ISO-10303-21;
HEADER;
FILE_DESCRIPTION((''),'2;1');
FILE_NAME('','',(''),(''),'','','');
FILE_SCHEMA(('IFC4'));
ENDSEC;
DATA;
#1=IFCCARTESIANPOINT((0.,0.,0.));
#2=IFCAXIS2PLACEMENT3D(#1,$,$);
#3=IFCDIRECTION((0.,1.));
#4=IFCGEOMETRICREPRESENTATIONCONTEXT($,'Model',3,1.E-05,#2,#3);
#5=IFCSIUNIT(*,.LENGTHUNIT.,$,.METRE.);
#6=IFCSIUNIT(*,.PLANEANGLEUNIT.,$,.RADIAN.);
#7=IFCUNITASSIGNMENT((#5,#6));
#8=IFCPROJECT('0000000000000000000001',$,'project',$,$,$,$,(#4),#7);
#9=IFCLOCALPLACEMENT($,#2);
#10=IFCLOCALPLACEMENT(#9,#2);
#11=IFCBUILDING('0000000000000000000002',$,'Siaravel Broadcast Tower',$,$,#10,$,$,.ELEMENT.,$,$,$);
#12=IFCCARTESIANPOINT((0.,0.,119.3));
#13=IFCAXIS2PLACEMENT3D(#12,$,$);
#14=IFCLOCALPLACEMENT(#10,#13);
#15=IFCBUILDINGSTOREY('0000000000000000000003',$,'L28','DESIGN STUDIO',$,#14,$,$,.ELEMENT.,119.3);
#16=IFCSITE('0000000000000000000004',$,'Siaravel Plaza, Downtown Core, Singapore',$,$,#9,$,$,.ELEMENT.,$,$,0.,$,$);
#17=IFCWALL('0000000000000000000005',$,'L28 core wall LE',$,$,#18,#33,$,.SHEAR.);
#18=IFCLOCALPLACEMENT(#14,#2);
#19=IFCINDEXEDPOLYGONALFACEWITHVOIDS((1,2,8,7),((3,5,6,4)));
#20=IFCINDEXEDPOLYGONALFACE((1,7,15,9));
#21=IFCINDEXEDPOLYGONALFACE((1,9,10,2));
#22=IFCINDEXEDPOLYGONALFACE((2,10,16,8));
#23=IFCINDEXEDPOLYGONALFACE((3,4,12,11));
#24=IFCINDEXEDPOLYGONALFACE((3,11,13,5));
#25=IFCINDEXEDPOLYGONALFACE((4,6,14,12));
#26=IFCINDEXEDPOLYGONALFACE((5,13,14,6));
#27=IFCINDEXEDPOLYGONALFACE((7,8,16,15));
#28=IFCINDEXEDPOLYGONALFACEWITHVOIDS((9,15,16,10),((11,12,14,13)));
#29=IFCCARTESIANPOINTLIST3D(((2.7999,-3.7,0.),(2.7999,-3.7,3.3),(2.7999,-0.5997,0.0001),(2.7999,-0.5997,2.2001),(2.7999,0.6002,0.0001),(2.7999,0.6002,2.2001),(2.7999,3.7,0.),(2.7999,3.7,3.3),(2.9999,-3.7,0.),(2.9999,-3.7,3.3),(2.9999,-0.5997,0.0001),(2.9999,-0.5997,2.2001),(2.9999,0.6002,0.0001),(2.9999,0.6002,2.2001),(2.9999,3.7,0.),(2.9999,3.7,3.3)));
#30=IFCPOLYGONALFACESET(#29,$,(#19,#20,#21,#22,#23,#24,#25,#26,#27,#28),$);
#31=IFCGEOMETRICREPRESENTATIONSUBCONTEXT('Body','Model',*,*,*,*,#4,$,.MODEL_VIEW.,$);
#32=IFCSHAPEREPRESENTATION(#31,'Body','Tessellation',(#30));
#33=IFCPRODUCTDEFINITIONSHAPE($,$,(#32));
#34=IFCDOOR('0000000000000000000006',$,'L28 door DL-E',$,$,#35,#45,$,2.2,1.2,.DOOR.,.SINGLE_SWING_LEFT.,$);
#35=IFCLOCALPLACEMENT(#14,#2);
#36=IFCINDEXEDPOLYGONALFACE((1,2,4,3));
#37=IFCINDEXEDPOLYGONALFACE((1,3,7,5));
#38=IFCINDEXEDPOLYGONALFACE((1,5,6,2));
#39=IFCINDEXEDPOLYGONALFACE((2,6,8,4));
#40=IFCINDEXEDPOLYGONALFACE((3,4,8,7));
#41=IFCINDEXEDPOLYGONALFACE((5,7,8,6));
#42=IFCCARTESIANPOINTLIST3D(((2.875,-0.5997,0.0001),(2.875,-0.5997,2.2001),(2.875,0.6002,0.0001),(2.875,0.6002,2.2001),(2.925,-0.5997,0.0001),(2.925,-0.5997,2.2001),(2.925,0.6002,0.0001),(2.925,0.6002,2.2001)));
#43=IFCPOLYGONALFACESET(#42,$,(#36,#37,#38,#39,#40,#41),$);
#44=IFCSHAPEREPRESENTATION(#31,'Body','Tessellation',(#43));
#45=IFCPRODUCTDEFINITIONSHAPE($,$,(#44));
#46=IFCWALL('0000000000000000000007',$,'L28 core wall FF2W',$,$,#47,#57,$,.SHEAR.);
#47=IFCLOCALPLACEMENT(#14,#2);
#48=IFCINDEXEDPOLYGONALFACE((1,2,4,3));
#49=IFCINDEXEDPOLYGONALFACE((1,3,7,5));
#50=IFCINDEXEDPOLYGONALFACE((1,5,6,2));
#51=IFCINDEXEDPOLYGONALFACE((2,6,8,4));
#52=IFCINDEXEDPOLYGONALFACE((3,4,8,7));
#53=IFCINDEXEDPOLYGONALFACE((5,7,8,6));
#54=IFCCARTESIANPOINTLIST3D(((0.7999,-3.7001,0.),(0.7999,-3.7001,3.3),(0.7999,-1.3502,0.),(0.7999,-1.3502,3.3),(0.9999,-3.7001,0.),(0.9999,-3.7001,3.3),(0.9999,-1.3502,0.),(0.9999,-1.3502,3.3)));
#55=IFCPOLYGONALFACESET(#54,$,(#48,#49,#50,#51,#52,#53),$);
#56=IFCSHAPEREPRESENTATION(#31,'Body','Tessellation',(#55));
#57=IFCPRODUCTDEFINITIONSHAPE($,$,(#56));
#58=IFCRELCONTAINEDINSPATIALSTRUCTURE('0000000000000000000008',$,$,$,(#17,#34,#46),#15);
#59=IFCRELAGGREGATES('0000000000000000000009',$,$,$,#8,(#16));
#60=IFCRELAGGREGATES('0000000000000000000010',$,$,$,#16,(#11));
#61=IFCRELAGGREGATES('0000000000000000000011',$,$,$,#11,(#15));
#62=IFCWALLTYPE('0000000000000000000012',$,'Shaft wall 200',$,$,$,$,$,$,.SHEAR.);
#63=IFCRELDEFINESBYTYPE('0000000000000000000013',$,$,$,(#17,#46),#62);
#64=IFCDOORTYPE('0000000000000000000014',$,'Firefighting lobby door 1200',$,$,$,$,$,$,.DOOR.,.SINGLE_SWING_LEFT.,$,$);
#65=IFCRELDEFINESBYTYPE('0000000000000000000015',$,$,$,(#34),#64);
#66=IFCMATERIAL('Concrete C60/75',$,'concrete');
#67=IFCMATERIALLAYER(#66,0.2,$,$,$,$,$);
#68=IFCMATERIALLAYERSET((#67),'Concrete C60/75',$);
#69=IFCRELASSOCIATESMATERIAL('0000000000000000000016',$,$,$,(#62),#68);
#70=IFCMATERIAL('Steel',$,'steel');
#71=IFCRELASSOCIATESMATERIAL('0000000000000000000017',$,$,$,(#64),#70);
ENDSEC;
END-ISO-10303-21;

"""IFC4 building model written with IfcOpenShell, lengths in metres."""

from ifc_helpers import new_model, si_unit, direction, frame, frame_2d, origin, place, context, subcontext, project, spatial, rectangle, extrude, material, layer, layer_set, type_object, element, fill, save


model = new_model("IFC4")

# Units and contexts
model_context = context("Model", 3, precision=1e-05, world=origin(), true_north=direction((0.0, 1.0)))
body_context = subcontext(model_context, "Body", "Model", "MODEL_VIEW")
ifc_project = project(units=[si_unit("LENGTHUNIT", "METRE"), si_unit("PLANEANGLEUNIT", "RADIAN")], contexts=[model_context])

# Site, building, storey
site_placement = place(None, origin())
site = spatial("IfcSite", under=ifc_project, at=site_placement, Name="Siaravel Plaza, Downtown Core, Singapore", CompositionType="ELEMENT", RefElevation=0.0)
building_placement = place(site_placement, origin())
building = spatial("IfcBuilding", under=site, at=building_placement, Name="Siaravel Broadcast Tower", CompositionType="ELEMENT")
storey_placement = place(building_placement, frame((0.0, 0.0, 119.3)))
storey = spatial("IfcBuildingStorey", under=building, at=storey_placement, Name="L28", Description="DESIGN STUDIO", CompositionType="ELEMENT", Elevation=119.3)

# Shared definitions
ifc_material_1 = material(Name="Concrete C60/75", Category="concrete")
ifc_layer_1 = layer(ifc_material_1, 0.2)
ifc_layer_set_1 = layer_set([ifc_layer_1], Name="Concrete C60/75")
wall_type_1 = type_object("IfcWallType", Name="Shaft wall 200", PredefinedType="SHEAR", material=ifc_layer_set_1)

# Wall, opening, door
wall_1_placement = place(storey_placement, frame((2.8999, -3.7, 0.0), z_axis=(0.0, 0.0, 1.0), x_axis=(0.0, 1.0, 0.0)))
wall_1 = element("IfcWall", 1, at=wall_1_placement, inside=storey, type_object=wall_type_1, Name="L28 core wall LE", PredefinedType="SHEAR", context=body_context, shape_type="SweptSolid", body=[
    extrude(rectangle(XDim=7.3999, YDim=0.2, at=frame_2d((3.7, 0.0))), origin(), (0.0, 0.0, 1.0), 3.3),
])
opening_1_placement = place(wall_1_placement, frame((3.1001, 0.0, 0.0)))
opening_1 = element("IfcOpeningElement", 2, at=opening_1_placement, cuts=wall_1, PredefinedType="OPENING", context=body_context, shape_type="SweptSolid", body=[
    extrude(rectangle(XDim=1.2, YDim=2.2, at=frame_2d((0.6001, 1.1001))), frame((0.0, 0.1099, 0.0), z_axis=(0.0, -1.0, 0.0), x_axis=(1.0, 0.0, 0.0)), (0.0, 0.0, 1.0), 0.22),
])
ifc_material_2 = material(Name="Steel", Category="steel")
door_type_1 = type_object("IfcDoorType", Name="Firefighting lobby door 1200", OperationType="SINGLE_SWING_LEFT", PredefinedType="DOOR", material=ifc_material_2)
door_1_placement = place(opening_1_placement, origin())
door_1 = element("IfcDoor", 3, at=door_1_placement, inside=storey, type_object=door_type_1, Name="L28 door DL-E", OperationType="SINGLE_SWING_LEFT", OverallHeight=2.2, OverallWidth=1.2, PredefinedType="DOOR", context=body_context, shape_type="SweptSolid", body=[
    extrude(rectangle(XDim=1.2, YDim=2.2, at=frame_2d((0.6001, 1.1001))), frame((0.0, 0.0249, 0.0), z_axis=(0.0, -1.0, 0.0), x_axis=(1.0, 0.0, 0.0)), (0.0, 0.0, 1.0), 0.05),
])
fill(opening_1, door_1)

# Wall
wall_2_placement = place(storey_placement, frame((0.8999, -3.7, 0.0), z_axis=(0.0, 0.0, 1.0), x_axis=(0.0, 1.0, 0.0)))
element("IfcWall", 4, at=wall_2_placement, inside=storey, type_object=wall_type_1, Name="L28 core wall FF2W", PredefinedType="SHEAR", context=body_context, shape_type="SweptSolid", body=[
    extrude(rectangle(XDim=2.3499, YDim=0.2, at=frame_2d((1.1748, 0.0))), origin(), (0.0, 0.0, 1.0), 3.3),
])

save(model, "model.ifc")
